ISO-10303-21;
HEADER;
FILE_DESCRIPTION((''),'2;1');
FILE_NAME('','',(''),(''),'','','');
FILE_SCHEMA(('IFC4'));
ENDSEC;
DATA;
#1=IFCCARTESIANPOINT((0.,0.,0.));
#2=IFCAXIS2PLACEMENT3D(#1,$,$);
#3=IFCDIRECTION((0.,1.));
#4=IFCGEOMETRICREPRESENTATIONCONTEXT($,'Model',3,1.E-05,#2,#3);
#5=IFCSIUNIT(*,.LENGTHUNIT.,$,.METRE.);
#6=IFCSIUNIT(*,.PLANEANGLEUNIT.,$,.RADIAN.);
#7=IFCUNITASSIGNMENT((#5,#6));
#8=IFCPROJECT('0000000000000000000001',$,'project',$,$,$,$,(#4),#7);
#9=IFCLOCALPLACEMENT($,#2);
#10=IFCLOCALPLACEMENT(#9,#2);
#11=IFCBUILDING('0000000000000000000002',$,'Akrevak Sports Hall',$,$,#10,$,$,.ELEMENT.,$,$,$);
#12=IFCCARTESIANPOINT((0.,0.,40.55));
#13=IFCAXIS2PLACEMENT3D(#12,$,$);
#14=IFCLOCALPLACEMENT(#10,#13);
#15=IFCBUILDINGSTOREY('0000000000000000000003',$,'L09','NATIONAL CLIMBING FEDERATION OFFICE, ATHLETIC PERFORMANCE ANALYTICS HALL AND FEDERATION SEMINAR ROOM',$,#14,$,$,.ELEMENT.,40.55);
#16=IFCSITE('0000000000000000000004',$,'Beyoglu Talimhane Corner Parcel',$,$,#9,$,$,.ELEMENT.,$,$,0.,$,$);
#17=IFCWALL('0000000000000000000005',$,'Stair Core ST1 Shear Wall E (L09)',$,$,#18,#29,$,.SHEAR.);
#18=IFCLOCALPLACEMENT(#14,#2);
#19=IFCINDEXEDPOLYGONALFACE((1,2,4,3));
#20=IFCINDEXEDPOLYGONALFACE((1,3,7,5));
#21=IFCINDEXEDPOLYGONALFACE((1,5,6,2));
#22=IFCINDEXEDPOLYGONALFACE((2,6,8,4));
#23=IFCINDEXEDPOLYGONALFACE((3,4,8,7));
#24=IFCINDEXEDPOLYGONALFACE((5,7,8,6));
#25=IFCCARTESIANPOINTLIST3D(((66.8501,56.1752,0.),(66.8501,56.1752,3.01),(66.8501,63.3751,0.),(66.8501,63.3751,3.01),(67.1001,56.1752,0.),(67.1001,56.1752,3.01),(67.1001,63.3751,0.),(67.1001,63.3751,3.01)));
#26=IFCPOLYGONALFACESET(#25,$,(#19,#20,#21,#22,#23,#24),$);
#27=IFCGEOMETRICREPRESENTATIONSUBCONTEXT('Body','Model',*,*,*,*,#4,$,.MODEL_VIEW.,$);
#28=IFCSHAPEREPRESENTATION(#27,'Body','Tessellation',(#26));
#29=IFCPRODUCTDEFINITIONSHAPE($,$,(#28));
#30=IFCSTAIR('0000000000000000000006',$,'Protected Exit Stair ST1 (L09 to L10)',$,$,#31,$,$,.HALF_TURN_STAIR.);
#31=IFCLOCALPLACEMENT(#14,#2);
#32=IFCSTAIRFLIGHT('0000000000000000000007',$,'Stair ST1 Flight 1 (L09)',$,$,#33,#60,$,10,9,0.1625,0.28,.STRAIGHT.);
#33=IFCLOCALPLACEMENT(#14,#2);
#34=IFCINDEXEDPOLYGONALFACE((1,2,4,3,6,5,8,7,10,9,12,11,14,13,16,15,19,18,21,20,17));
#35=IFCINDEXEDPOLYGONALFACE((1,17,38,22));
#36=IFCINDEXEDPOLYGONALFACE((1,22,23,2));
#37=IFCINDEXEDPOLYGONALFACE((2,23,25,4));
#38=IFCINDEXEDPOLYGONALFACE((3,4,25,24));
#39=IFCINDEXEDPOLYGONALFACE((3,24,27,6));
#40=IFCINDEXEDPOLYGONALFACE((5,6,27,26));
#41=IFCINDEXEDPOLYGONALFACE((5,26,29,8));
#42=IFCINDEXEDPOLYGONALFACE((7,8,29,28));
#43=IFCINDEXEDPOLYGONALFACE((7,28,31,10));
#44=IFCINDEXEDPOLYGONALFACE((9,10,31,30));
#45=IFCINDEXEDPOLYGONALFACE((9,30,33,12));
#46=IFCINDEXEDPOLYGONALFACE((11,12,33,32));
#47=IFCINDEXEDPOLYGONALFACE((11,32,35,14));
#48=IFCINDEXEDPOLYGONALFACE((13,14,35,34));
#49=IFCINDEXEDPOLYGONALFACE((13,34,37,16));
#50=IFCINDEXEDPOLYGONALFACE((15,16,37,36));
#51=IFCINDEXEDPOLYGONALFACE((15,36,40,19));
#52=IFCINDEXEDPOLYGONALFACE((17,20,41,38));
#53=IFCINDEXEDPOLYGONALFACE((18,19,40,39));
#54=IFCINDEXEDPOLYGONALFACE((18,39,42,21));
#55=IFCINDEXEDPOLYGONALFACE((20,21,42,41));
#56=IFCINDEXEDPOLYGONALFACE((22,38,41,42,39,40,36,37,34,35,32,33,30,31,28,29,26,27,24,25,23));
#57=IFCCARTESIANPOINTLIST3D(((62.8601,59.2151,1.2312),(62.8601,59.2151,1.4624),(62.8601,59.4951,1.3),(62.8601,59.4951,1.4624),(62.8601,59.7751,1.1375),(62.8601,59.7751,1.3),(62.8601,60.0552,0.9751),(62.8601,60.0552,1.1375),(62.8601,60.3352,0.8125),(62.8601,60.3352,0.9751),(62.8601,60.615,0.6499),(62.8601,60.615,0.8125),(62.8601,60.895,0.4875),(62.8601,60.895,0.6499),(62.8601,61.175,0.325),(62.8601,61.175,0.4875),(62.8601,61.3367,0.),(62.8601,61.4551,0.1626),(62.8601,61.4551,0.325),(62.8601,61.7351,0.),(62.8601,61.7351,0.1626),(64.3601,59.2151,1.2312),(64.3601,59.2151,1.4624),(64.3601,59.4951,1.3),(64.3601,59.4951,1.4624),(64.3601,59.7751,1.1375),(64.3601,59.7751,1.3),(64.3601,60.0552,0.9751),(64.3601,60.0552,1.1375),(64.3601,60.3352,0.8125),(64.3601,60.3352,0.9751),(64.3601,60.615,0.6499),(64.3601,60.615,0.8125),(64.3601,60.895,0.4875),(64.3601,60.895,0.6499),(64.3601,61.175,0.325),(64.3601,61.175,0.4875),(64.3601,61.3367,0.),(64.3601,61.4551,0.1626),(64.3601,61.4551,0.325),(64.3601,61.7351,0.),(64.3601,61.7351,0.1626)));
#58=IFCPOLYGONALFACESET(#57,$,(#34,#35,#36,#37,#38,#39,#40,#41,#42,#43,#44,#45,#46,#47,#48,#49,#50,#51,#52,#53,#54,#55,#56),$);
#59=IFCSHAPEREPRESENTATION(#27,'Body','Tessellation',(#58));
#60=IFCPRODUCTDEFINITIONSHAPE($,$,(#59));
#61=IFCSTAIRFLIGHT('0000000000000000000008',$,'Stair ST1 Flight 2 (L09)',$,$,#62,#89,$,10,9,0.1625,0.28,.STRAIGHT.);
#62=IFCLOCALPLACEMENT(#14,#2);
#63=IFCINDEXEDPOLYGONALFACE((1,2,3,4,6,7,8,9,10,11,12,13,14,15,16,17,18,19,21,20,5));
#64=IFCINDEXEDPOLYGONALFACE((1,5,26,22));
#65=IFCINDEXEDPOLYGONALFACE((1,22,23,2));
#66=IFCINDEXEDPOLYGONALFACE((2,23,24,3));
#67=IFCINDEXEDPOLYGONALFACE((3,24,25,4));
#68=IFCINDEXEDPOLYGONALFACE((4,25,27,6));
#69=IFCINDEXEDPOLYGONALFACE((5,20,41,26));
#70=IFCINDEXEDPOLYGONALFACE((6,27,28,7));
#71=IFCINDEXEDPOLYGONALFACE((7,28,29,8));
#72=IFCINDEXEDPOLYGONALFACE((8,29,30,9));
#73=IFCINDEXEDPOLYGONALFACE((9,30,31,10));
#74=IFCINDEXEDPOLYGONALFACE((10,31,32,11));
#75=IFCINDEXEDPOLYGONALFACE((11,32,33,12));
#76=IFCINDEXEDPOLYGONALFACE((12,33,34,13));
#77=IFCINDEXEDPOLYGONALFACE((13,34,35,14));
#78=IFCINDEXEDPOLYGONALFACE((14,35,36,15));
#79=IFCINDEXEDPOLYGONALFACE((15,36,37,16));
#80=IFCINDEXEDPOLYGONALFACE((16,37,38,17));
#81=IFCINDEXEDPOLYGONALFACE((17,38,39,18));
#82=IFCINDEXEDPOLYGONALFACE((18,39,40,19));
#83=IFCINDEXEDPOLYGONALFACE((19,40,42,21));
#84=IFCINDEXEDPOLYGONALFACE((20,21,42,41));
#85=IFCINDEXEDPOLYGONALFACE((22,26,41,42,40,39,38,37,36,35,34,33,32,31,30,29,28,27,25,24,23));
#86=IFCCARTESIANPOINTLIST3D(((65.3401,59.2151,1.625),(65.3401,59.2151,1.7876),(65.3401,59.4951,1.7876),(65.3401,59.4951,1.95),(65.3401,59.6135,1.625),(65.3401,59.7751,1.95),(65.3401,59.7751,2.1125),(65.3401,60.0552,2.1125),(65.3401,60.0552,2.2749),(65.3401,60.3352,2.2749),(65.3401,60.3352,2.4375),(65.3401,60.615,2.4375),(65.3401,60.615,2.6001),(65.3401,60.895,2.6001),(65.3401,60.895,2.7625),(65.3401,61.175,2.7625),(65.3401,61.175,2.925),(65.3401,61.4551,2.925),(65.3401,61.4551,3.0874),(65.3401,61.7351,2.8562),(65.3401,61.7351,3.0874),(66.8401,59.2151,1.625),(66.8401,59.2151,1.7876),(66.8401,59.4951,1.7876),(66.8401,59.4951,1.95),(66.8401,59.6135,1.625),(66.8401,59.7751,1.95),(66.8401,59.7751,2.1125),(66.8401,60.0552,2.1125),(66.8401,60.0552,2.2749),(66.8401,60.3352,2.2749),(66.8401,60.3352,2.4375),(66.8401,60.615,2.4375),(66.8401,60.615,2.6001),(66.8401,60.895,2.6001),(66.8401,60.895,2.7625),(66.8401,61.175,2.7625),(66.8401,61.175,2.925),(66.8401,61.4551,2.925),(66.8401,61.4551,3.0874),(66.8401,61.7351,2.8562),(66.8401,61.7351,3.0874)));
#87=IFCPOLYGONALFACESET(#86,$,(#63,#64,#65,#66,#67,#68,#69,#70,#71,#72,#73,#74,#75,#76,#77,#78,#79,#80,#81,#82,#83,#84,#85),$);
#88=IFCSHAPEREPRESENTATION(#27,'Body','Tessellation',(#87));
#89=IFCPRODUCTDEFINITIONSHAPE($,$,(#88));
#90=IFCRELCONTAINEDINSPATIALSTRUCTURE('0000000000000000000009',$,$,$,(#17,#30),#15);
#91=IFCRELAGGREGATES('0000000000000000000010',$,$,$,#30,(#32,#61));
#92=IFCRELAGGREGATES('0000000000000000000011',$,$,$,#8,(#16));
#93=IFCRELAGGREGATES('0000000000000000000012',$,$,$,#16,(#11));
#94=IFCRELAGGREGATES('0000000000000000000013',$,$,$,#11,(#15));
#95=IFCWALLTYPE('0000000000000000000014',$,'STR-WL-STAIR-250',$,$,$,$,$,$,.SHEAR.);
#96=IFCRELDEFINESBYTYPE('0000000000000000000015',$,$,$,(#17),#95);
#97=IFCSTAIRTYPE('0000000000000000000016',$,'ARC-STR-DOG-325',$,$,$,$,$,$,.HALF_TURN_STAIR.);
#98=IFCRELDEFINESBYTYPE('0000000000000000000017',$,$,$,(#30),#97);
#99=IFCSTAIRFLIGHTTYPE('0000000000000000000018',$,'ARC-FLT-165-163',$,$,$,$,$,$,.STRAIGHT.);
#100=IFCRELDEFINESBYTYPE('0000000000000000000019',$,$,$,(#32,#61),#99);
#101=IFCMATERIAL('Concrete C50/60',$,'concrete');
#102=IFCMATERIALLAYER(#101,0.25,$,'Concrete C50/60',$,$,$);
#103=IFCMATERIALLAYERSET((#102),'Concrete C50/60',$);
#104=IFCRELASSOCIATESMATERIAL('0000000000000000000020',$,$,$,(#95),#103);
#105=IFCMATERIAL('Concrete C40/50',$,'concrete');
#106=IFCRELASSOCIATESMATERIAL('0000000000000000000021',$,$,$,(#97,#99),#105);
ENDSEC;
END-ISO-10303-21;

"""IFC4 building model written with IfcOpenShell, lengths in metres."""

from ifc_helpers import new_model, si_unit, direction, frame, frame_2d, origin, place, context, subcontext, project, spatial, polyline, rectangle, outline, extrude, material, layer, layer_set, type_object, element, aggregate, save


model = new_model("IFC4")

# Units and contexts
model_context = context("Model", 3, precision=1e-05, world=origin(), true_north=direction((0.0, 1.0)))
body_context = subcontext(model_context, "Body", "Model", "MODEL_VIEW")
ifc_project = project(units=[si_unit("LENGTHUNIT", "METRE"), si_unit("PLANEANGLEUNIT", "RADIAN")], contexts=[model_context])

# Site, building, storey
site_placement = place(None, origin())
site = spatial("IfcSite", under=ifc_project, at=site_placement, Name="Beyoglu Talimhane Corner Parcel", CompositionType="ELEMENT", RefElevation=0.0)
building_placement = place(site_placement, origin())
building = spatial("IfcBuilding", under=site, at=building_placement, Name="Akrevak Sports Hall", CompositionType="ELEMENT")
storey_placement = place(building_placement, frame((0.0, 0.0, 40.55)))
storey = spatial("IfcBuildingStorey", under=building, at=storey_placement, Name="L09", Description="NATIONAL CLIMBING FEDERATION OFFICE, ATHLETIC PERFORMANCE ANALYTICS HALL AND FEDERATION SEMINAR ROOM", CompositionType="ELEMENT", Elevation=40.55)

# Shared definitions
ifc_material_1 = material(Name="Concrete C40/50", Category="concrete")

# Shared definitions
ifc_material_2 = material(Name="Concrete C50/60", Category="concrete")

# Shared definitions
ifc_layer_1 = layer(ifc_material_2, 0.25, Name="Concrete C50/60")
ifc_layer_set_1 = layer_set([ifc_layer_1], Name="Concrete C50/60")
wall_type_1 = type_object("IfcWallType", Name="STR-WL-STAIR-250", PredefinedType="SHEAR", material=ifc_layer_set_1)

# Wall
wall_1_placement = place(storey_placement, frame((66.9751, 56.175, 0.0), z_axis=(0.0, 0.0, 1.0), x_axis=(0.0, 1.0, 0.0)))
element("IfcWall", 1, at=wall_1_placement, inside=storey, type_object=wall_type_1, Name="Stair Core ST1 Shear Wall E (L09)", PredefinedType="SHEAR", context=body_context, shape_type="SweptSolid", body=[
    extrude(rectangle(XDim=7.2, YDim=0.25, at=frame_2d((3.6001, 0.0))), origin(), (0.0, 0.0, 1.0), 3.01),
])

# Stair, stair flights
stair_type = type_object("IfcStairType", Name="ARC-STR-DOG-325", PredefinedType="HALF_TURN_STAIR", material=ifc_material_1)
stair_placement = place(storey_placement, origin())
stair = element("IfcStair", 2, at=stair_placement, inside=storey, type_object=stair_type, Name="Protected Exit Stair ST1 (L09 to L10)", PredefinedType="HALF_TURN_STAIR")
stair_flight_type = type_object("IfcStairFlightType", Name="ARC-FLT-165-163", PredefinedType="STRAIGHT", material=ifc_material_1)
stair_flight_1_placement = place(storey_placement, frame((63.6101, 61.7351, 0.0), z_axis=(0.0, 0.0, 1.0), x_axis=(0.0, -1.0, 0.0)))
stair_flight_1 = element("IfcStairFlight", 3, at=stair_flight_1_placement, type_object=stair_flight_type, Name="Stair ST1 Flight 1 (L09)", NumberOfRisers=10, NumberOfTreads=9, PredefinedType="STRAIGHT", RiserHeight=0.1625, TreadLength=0.28, context=body_context, shape_type="SweptSolid", body=[
    extrude(outline(polyline([(0.0, 0.0), (0.0, 0.1626), (0.28, 0.1626), (0.28, 0.325), (0.5601, 0.325), (0.5601, 0.4875), (0.8401, 0.4875), (0.8401, 0.6499), (1.1201, 0.6499), (1.1201, 0.8125), (1.3999, 0.8125), (1.3999, 0.9751), (1.6799, 0.9751), (1.6799, 1.1375), (1.96, 1.1375), (1.96, 1.3), (2.24, 1.3), (2.24, 1.4624), (2.52, 1.4624), (2.52, 1.625), (2.52, 1.2312), (0.3984, 0.0), (0.0, 0.0)])), frame((0.0, 0.75, 0.0), z_axis=(0.0, -1.0, 0.0), x_axis=(1.0, 0.0, 0.0)), (0.0, 0.0, 1.0), 1.5),
])
stair_flight_2_placement = place(storey_placement, frame((66.0901, 59.2151, 1.625), z_axis=(0.0, 0.0, 1.0), x_axis=(0.0, 1.0, 0.0)))
stair_flight_2 = element("IfcStairFlight", 4, at=stair_flight_2_placement, type_object=stair_flight_type, Name="Stair ST1 Flight 2 (L09)", NumberOfRisers=10, NumberOfTreads=9, PredefinedType="STRAIGHT", RiserHeight=0.1625, TreadLength=0.28, context=body_context, shape_type="SweptSolid", body=[
    extrude(outline(polyline([(0.0, 0.0), (0.0, 0.1626), (0.28, 0.1626), (0.28, 0.325), (0.5601, 0.325), (0.5601, 0.4875), (0.8401, 0.4875), (0.8401, 0.6499), (1.1201, 0.6499), (1.1201, 0.8125), (1.3999, 0.8125), (1.3999, 0.9751), (1.6799, 0.9751), (1.6799, 1.1375), (1.96, 1.1375), (1.96, 1.3), (2.24, 1.3), (2.24, 1.4624), (2.52, 1.4624), (2.52, 1.625), (2.52, 1.2312), (0.3984, 0.0), (0.0, 0.0)])), frame((0.0, 0.75, 0.0), z_axis=(0.0, -1.0, 0.0), x_axis=(1.0, 0.0, 0.0)), (0.0, 0.0, 1.0), 1.5),
])
aggregate(stair, [stair_flight_1, stair_flight_2])

save(model, "model.ifc")
